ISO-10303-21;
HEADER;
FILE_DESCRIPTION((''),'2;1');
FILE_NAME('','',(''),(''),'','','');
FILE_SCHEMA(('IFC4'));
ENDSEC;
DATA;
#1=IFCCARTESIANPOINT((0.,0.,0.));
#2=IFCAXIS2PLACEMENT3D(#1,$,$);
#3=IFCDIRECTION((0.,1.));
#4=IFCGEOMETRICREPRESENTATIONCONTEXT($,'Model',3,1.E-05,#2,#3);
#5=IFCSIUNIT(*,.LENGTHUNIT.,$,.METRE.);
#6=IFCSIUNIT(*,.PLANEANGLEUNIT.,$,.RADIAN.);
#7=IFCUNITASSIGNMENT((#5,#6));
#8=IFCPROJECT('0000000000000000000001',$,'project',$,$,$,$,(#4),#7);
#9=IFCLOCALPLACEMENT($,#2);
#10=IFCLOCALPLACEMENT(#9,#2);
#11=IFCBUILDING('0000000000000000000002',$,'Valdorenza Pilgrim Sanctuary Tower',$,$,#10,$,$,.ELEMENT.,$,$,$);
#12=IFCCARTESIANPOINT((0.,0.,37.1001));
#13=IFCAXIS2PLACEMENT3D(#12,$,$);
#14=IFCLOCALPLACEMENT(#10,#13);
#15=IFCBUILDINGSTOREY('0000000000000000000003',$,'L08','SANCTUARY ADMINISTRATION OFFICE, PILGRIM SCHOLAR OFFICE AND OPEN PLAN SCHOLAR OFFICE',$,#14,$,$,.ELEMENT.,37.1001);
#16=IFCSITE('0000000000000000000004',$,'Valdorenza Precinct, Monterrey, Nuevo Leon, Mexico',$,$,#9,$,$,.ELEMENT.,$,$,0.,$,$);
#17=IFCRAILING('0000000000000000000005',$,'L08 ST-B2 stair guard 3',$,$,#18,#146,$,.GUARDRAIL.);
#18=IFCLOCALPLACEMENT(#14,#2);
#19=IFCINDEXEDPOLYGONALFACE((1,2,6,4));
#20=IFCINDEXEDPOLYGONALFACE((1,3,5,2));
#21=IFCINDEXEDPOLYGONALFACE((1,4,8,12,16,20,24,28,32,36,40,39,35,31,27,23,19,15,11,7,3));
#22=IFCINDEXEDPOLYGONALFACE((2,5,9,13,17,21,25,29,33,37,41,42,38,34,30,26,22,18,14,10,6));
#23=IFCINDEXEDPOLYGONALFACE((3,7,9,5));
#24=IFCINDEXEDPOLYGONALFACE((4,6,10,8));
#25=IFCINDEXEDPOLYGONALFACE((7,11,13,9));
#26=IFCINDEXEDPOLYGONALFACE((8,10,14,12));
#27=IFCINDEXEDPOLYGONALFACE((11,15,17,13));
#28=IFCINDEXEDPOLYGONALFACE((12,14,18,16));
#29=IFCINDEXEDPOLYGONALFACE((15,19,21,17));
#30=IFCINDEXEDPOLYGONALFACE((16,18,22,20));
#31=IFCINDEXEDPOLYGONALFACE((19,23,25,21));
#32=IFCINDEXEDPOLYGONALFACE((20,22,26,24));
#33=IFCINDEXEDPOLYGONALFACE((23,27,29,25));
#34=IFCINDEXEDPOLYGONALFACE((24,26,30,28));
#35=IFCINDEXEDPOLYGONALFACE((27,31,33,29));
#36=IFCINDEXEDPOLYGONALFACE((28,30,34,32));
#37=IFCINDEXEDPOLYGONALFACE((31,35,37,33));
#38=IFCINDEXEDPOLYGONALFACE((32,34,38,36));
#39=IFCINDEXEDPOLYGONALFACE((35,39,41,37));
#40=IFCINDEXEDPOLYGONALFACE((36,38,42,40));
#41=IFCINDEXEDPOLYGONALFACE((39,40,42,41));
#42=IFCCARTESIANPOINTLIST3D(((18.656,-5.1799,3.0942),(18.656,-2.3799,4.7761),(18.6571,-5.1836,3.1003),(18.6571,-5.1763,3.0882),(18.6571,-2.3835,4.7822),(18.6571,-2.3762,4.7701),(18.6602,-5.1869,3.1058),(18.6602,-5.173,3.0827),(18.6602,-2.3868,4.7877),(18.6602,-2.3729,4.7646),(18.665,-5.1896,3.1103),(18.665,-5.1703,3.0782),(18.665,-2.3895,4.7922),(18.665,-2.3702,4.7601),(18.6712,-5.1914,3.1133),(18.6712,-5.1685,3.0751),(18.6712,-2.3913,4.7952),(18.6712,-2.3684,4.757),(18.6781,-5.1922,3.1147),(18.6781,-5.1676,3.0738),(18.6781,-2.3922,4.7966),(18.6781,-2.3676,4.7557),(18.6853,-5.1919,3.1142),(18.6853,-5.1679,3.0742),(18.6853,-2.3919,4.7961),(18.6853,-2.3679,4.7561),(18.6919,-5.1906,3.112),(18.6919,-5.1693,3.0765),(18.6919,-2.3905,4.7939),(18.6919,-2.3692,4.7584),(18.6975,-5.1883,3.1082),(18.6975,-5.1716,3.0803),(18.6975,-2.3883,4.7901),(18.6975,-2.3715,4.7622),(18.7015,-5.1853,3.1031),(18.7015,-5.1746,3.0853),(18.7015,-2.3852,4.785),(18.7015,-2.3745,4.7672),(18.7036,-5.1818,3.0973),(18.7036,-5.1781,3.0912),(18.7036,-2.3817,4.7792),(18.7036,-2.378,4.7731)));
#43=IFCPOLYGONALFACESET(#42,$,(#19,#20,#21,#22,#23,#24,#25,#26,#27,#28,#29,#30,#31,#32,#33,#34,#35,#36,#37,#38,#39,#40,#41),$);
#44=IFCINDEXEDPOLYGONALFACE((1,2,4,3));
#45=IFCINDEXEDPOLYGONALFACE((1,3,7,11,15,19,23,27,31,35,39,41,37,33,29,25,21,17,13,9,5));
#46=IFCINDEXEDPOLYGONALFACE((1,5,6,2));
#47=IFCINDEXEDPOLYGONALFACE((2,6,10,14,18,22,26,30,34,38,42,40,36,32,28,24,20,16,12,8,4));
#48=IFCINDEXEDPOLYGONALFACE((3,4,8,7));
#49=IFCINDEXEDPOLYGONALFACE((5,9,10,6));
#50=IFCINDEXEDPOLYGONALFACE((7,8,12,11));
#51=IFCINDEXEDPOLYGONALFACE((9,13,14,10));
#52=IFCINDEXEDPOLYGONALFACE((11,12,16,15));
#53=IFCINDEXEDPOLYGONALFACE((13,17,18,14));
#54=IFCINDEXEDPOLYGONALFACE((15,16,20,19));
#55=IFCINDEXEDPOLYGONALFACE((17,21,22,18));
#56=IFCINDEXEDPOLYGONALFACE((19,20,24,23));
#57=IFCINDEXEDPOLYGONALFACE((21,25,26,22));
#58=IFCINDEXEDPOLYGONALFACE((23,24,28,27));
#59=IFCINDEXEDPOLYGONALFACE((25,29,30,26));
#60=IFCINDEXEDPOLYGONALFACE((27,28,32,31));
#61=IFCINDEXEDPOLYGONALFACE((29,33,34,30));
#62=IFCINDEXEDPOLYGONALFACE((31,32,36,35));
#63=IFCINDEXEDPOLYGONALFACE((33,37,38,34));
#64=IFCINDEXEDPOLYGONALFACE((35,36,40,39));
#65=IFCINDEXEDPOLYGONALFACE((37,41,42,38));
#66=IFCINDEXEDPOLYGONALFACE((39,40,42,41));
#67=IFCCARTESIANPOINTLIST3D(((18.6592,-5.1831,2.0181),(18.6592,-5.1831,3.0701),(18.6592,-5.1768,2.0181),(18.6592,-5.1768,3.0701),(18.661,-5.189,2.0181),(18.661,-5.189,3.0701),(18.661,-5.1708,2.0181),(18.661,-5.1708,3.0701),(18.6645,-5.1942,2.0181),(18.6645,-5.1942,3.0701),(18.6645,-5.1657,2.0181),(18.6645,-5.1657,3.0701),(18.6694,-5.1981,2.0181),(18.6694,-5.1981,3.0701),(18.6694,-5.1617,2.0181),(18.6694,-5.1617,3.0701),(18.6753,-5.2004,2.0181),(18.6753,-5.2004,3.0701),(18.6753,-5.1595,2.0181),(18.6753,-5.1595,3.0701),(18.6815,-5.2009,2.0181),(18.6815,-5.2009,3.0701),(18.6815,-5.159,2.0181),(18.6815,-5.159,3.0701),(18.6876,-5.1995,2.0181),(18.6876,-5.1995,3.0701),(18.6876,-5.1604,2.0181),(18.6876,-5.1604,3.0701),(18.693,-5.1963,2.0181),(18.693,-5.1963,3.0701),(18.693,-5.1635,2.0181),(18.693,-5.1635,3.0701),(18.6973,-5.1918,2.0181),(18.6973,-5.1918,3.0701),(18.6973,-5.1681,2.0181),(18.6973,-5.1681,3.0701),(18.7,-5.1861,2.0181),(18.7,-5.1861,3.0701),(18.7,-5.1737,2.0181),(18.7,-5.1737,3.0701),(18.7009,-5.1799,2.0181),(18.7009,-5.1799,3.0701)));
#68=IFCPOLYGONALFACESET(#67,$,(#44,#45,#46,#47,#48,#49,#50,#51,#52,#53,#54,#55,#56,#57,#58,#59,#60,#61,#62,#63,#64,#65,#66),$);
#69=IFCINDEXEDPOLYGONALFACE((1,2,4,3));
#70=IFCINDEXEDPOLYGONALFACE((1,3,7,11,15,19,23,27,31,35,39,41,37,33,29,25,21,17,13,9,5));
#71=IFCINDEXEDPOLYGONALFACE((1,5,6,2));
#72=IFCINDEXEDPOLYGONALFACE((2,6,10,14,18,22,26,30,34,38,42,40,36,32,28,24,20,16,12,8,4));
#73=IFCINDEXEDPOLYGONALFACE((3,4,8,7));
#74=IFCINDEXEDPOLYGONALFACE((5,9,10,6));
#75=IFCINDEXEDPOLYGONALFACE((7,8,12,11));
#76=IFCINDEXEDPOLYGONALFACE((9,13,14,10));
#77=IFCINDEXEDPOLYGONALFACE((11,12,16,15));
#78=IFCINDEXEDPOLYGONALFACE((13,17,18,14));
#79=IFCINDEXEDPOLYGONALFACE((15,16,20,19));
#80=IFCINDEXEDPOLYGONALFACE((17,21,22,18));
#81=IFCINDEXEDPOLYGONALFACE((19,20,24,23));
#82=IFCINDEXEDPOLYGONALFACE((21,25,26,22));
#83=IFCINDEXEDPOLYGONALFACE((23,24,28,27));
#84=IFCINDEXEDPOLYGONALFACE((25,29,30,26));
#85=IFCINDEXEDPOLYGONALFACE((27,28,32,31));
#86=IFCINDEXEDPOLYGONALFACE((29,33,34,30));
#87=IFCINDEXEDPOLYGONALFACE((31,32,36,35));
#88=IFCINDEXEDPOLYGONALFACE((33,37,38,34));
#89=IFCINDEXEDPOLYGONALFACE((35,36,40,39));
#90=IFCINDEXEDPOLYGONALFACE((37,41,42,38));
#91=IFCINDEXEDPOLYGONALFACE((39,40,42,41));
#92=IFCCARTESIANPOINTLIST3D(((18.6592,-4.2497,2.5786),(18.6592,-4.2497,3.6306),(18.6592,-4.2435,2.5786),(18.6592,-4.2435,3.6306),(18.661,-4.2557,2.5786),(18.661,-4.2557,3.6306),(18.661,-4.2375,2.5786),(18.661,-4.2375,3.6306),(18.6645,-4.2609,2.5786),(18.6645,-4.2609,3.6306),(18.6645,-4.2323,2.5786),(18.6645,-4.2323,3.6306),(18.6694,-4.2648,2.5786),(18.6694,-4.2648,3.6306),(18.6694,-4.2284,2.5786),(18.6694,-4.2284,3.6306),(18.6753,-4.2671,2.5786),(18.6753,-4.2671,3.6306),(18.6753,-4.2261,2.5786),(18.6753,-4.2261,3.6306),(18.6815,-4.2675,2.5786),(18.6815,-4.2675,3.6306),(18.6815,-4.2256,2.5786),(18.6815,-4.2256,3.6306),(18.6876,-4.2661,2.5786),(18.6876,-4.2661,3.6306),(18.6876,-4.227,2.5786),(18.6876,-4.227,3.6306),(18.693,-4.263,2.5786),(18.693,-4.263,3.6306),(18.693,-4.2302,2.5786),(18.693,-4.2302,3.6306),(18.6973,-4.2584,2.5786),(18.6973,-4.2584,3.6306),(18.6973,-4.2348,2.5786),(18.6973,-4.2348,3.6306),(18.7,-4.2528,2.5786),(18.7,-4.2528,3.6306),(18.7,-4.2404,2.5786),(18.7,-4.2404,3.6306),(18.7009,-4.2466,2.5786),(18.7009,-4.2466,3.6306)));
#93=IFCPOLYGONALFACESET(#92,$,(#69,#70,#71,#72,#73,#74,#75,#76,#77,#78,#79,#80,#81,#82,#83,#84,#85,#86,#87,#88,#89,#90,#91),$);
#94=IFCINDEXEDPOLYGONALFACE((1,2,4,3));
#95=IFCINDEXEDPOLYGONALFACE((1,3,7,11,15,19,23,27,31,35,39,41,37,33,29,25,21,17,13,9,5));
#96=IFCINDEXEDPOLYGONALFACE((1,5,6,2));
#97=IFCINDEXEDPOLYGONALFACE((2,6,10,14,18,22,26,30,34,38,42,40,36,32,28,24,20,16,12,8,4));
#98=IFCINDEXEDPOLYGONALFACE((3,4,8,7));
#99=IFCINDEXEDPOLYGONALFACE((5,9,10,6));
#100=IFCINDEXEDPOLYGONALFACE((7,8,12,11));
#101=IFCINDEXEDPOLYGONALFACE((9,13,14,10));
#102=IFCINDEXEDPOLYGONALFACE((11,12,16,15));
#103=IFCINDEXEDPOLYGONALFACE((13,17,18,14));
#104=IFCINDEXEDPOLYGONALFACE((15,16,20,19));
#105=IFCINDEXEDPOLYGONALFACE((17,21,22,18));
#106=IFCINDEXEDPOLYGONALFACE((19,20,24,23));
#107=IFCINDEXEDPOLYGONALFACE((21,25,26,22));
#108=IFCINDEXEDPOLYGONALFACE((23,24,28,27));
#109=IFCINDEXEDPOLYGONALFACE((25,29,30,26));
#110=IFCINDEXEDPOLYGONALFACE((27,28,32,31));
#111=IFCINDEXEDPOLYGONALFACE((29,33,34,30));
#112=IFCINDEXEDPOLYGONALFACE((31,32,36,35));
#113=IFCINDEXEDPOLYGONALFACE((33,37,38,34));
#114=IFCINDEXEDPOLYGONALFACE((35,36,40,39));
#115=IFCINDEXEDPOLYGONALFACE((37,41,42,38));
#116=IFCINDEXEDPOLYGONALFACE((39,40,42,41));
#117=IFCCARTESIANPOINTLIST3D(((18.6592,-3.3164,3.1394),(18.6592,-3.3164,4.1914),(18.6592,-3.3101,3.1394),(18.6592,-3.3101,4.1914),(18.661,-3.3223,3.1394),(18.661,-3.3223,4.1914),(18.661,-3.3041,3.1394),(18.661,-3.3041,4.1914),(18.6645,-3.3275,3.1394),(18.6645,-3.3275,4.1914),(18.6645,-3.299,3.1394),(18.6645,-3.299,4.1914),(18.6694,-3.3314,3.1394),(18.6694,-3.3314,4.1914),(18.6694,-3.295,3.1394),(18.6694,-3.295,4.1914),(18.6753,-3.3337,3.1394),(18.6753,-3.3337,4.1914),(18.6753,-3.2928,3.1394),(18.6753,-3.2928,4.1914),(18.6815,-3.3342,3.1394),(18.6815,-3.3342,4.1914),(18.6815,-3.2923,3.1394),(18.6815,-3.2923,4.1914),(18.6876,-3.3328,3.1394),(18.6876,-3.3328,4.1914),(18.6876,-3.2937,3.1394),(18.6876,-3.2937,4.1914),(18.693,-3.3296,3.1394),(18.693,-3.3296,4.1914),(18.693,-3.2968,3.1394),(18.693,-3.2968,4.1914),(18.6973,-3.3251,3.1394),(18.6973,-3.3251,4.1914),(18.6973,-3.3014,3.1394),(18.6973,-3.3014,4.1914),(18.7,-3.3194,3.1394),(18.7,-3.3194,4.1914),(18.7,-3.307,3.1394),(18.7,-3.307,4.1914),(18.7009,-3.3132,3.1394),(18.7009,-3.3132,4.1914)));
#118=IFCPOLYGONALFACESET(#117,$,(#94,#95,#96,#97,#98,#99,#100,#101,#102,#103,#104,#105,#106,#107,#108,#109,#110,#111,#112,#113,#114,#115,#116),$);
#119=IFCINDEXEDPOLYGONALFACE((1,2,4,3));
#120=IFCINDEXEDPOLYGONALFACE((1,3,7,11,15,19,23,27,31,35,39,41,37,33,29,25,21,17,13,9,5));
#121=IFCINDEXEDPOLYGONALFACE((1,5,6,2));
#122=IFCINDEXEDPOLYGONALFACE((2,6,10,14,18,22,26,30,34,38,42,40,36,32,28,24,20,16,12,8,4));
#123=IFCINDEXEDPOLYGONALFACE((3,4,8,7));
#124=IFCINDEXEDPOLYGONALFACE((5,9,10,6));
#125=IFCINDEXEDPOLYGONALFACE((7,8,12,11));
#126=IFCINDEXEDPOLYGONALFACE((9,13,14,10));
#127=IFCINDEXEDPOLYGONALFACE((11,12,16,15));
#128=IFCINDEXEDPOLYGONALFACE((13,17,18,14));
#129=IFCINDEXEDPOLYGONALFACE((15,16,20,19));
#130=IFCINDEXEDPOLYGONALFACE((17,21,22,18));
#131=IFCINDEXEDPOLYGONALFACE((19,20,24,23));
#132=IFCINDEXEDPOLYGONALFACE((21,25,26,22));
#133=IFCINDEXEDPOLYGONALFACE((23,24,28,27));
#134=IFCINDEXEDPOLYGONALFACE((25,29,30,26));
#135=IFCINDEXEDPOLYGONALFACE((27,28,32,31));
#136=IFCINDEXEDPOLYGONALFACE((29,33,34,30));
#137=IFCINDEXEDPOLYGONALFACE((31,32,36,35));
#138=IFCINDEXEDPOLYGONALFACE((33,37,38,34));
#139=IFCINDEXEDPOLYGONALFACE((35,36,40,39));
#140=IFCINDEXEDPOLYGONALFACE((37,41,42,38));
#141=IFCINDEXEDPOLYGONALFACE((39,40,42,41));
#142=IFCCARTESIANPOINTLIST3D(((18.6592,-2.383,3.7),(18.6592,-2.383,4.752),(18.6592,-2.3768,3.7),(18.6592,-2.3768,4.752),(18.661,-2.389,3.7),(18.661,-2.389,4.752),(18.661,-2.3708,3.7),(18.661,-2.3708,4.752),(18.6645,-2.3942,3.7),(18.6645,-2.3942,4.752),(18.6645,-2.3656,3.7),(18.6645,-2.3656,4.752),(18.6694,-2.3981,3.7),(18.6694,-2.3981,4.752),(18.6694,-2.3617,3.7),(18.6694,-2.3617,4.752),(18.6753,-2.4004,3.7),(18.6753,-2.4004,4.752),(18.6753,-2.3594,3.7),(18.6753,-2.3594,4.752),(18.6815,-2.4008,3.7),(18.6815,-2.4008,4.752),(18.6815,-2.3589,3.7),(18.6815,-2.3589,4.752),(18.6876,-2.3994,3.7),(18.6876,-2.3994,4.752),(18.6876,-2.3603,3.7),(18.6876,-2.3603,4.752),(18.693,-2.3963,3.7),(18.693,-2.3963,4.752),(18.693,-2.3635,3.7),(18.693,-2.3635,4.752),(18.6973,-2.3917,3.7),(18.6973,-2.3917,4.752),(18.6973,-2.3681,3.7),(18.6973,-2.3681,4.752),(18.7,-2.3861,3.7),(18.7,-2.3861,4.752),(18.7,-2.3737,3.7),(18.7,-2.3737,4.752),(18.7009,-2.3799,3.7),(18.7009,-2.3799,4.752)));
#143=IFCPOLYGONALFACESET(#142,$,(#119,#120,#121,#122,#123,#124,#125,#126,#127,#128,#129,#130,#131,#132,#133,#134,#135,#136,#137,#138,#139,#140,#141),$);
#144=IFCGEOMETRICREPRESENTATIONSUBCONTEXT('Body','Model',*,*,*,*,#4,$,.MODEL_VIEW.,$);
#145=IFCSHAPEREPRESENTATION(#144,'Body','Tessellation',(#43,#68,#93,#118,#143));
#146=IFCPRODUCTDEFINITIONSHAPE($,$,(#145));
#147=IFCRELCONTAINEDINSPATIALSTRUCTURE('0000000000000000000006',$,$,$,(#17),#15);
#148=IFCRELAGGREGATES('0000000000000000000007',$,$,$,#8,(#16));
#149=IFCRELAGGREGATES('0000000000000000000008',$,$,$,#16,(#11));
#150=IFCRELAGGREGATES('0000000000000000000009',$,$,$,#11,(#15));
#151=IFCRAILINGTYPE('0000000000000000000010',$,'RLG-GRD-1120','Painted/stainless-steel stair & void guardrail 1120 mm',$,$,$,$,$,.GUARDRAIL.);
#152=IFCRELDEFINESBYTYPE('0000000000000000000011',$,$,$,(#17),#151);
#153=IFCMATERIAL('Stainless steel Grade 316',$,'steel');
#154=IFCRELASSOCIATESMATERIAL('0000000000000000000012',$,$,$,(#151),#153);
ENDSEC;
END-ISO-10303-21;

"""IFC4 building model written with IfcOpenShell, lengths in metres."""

from ifc_helpers import new_model, si_unit, direction, frame, origin, origin_2d, place, context, subcontext, project, spatial, circle, extrude, material, type_object, element, save


model = new_model("IFC4")

# Units and contexts
model_context = context("Model", 3, precision=1e-05, world=origin(), true_north=direction((0.0, 1.0)))
body_context = subcontext(model_context, "Body", "Model", "MODEL_VIEW")
ifc_project = project(units=[si_unit("LENGTHUNIT", "METRE"), si_unit("PLANEANGLEUNIT", "RADIAN")], contexts=[model_context])

# Site, building, storey
site_placement = place(None, origin())
site = spatial("IfcSite", under=ifc_project, at=site_placement, Name="Valdorenza Precinct, Monterrey, Nuevo Leon, Mexico", CompositionType="ELEMENT", RefElevation=0.0)
building_placement = place(site_placement, origin())
building = spatial("IfcBuilding", under=site, at=building_placement, Name="Valdorenza Pilgrim Sanctuary Tower", CompositionType="ELEMENT")
storey_placement = place(building_placement, frame((0.0, 0.0, 37.1001)))
storey = spatial("IfcBuildingStorey", under=building, at=storey_placement, Name="L08", Description="SANCTUARY ADMINISTRATION OFFICE, PILGRIM SCHOLAR OFFICE AND OPEN PLAN SCHOLAR OFFICE", CompositionType="ELEMENT", Elevation=37.1001)

# Railing
ifc_material_1 = material(Name="Stainless steel Grade 316", Category="steel")
railing_type_1 = type_object("IfcRailingType", Name="RLG-GRD-1120", Description="Painted/stainless-steel stair & void guardrail 1120 mm", PredefinedType="GUARDRAIL", material=ifc_material_1)
railing_1_placement = place(storey_placement, frame((18.6799, -5.1799, 2.0181)))
element("IfcRailing", 1, at=railing_1_placement, inside=storey, type_object=railing_type_1, Name="L08 ST-B2 stair guard 3", PredefinedType="GUARDRAIL", context=body_context, shape_type="SweptSolid", body=[
    extrude(circle(Radius=0.0239, at=origin_2d()), frame((0.0, 0.0, 1.0762), z_axis=(0.0, 0.857242, 0.514913), x_axis=(-1.0, 0.0, 0.0)), (0.0, 0.0, 1.0), 3.2664),
    extrude(circle(Radius=0.021, at=origin_2d()), origin(), (0.0, 0.0, 1.0), 1.052),
    extrude(circle(Radius=0.021, at=origin_2d()), frame((0.0, 0.9333, 0.5605)), (0.0, 0.0, 1.0), 1.052),
    extrude(circle(Radius=0.021, at=origin_2d()), frame((0.0, 1.8667, 1.1213)), (0.0, 0.0, 1.0), 1.052),
    extrude(circle(Radius=0.021, at=origin_2d()), frame((0.0, 2.8, 1.6819)), (0.0, 0.0, 1.0), 1.052),
])

save(model, "model.ifc")
